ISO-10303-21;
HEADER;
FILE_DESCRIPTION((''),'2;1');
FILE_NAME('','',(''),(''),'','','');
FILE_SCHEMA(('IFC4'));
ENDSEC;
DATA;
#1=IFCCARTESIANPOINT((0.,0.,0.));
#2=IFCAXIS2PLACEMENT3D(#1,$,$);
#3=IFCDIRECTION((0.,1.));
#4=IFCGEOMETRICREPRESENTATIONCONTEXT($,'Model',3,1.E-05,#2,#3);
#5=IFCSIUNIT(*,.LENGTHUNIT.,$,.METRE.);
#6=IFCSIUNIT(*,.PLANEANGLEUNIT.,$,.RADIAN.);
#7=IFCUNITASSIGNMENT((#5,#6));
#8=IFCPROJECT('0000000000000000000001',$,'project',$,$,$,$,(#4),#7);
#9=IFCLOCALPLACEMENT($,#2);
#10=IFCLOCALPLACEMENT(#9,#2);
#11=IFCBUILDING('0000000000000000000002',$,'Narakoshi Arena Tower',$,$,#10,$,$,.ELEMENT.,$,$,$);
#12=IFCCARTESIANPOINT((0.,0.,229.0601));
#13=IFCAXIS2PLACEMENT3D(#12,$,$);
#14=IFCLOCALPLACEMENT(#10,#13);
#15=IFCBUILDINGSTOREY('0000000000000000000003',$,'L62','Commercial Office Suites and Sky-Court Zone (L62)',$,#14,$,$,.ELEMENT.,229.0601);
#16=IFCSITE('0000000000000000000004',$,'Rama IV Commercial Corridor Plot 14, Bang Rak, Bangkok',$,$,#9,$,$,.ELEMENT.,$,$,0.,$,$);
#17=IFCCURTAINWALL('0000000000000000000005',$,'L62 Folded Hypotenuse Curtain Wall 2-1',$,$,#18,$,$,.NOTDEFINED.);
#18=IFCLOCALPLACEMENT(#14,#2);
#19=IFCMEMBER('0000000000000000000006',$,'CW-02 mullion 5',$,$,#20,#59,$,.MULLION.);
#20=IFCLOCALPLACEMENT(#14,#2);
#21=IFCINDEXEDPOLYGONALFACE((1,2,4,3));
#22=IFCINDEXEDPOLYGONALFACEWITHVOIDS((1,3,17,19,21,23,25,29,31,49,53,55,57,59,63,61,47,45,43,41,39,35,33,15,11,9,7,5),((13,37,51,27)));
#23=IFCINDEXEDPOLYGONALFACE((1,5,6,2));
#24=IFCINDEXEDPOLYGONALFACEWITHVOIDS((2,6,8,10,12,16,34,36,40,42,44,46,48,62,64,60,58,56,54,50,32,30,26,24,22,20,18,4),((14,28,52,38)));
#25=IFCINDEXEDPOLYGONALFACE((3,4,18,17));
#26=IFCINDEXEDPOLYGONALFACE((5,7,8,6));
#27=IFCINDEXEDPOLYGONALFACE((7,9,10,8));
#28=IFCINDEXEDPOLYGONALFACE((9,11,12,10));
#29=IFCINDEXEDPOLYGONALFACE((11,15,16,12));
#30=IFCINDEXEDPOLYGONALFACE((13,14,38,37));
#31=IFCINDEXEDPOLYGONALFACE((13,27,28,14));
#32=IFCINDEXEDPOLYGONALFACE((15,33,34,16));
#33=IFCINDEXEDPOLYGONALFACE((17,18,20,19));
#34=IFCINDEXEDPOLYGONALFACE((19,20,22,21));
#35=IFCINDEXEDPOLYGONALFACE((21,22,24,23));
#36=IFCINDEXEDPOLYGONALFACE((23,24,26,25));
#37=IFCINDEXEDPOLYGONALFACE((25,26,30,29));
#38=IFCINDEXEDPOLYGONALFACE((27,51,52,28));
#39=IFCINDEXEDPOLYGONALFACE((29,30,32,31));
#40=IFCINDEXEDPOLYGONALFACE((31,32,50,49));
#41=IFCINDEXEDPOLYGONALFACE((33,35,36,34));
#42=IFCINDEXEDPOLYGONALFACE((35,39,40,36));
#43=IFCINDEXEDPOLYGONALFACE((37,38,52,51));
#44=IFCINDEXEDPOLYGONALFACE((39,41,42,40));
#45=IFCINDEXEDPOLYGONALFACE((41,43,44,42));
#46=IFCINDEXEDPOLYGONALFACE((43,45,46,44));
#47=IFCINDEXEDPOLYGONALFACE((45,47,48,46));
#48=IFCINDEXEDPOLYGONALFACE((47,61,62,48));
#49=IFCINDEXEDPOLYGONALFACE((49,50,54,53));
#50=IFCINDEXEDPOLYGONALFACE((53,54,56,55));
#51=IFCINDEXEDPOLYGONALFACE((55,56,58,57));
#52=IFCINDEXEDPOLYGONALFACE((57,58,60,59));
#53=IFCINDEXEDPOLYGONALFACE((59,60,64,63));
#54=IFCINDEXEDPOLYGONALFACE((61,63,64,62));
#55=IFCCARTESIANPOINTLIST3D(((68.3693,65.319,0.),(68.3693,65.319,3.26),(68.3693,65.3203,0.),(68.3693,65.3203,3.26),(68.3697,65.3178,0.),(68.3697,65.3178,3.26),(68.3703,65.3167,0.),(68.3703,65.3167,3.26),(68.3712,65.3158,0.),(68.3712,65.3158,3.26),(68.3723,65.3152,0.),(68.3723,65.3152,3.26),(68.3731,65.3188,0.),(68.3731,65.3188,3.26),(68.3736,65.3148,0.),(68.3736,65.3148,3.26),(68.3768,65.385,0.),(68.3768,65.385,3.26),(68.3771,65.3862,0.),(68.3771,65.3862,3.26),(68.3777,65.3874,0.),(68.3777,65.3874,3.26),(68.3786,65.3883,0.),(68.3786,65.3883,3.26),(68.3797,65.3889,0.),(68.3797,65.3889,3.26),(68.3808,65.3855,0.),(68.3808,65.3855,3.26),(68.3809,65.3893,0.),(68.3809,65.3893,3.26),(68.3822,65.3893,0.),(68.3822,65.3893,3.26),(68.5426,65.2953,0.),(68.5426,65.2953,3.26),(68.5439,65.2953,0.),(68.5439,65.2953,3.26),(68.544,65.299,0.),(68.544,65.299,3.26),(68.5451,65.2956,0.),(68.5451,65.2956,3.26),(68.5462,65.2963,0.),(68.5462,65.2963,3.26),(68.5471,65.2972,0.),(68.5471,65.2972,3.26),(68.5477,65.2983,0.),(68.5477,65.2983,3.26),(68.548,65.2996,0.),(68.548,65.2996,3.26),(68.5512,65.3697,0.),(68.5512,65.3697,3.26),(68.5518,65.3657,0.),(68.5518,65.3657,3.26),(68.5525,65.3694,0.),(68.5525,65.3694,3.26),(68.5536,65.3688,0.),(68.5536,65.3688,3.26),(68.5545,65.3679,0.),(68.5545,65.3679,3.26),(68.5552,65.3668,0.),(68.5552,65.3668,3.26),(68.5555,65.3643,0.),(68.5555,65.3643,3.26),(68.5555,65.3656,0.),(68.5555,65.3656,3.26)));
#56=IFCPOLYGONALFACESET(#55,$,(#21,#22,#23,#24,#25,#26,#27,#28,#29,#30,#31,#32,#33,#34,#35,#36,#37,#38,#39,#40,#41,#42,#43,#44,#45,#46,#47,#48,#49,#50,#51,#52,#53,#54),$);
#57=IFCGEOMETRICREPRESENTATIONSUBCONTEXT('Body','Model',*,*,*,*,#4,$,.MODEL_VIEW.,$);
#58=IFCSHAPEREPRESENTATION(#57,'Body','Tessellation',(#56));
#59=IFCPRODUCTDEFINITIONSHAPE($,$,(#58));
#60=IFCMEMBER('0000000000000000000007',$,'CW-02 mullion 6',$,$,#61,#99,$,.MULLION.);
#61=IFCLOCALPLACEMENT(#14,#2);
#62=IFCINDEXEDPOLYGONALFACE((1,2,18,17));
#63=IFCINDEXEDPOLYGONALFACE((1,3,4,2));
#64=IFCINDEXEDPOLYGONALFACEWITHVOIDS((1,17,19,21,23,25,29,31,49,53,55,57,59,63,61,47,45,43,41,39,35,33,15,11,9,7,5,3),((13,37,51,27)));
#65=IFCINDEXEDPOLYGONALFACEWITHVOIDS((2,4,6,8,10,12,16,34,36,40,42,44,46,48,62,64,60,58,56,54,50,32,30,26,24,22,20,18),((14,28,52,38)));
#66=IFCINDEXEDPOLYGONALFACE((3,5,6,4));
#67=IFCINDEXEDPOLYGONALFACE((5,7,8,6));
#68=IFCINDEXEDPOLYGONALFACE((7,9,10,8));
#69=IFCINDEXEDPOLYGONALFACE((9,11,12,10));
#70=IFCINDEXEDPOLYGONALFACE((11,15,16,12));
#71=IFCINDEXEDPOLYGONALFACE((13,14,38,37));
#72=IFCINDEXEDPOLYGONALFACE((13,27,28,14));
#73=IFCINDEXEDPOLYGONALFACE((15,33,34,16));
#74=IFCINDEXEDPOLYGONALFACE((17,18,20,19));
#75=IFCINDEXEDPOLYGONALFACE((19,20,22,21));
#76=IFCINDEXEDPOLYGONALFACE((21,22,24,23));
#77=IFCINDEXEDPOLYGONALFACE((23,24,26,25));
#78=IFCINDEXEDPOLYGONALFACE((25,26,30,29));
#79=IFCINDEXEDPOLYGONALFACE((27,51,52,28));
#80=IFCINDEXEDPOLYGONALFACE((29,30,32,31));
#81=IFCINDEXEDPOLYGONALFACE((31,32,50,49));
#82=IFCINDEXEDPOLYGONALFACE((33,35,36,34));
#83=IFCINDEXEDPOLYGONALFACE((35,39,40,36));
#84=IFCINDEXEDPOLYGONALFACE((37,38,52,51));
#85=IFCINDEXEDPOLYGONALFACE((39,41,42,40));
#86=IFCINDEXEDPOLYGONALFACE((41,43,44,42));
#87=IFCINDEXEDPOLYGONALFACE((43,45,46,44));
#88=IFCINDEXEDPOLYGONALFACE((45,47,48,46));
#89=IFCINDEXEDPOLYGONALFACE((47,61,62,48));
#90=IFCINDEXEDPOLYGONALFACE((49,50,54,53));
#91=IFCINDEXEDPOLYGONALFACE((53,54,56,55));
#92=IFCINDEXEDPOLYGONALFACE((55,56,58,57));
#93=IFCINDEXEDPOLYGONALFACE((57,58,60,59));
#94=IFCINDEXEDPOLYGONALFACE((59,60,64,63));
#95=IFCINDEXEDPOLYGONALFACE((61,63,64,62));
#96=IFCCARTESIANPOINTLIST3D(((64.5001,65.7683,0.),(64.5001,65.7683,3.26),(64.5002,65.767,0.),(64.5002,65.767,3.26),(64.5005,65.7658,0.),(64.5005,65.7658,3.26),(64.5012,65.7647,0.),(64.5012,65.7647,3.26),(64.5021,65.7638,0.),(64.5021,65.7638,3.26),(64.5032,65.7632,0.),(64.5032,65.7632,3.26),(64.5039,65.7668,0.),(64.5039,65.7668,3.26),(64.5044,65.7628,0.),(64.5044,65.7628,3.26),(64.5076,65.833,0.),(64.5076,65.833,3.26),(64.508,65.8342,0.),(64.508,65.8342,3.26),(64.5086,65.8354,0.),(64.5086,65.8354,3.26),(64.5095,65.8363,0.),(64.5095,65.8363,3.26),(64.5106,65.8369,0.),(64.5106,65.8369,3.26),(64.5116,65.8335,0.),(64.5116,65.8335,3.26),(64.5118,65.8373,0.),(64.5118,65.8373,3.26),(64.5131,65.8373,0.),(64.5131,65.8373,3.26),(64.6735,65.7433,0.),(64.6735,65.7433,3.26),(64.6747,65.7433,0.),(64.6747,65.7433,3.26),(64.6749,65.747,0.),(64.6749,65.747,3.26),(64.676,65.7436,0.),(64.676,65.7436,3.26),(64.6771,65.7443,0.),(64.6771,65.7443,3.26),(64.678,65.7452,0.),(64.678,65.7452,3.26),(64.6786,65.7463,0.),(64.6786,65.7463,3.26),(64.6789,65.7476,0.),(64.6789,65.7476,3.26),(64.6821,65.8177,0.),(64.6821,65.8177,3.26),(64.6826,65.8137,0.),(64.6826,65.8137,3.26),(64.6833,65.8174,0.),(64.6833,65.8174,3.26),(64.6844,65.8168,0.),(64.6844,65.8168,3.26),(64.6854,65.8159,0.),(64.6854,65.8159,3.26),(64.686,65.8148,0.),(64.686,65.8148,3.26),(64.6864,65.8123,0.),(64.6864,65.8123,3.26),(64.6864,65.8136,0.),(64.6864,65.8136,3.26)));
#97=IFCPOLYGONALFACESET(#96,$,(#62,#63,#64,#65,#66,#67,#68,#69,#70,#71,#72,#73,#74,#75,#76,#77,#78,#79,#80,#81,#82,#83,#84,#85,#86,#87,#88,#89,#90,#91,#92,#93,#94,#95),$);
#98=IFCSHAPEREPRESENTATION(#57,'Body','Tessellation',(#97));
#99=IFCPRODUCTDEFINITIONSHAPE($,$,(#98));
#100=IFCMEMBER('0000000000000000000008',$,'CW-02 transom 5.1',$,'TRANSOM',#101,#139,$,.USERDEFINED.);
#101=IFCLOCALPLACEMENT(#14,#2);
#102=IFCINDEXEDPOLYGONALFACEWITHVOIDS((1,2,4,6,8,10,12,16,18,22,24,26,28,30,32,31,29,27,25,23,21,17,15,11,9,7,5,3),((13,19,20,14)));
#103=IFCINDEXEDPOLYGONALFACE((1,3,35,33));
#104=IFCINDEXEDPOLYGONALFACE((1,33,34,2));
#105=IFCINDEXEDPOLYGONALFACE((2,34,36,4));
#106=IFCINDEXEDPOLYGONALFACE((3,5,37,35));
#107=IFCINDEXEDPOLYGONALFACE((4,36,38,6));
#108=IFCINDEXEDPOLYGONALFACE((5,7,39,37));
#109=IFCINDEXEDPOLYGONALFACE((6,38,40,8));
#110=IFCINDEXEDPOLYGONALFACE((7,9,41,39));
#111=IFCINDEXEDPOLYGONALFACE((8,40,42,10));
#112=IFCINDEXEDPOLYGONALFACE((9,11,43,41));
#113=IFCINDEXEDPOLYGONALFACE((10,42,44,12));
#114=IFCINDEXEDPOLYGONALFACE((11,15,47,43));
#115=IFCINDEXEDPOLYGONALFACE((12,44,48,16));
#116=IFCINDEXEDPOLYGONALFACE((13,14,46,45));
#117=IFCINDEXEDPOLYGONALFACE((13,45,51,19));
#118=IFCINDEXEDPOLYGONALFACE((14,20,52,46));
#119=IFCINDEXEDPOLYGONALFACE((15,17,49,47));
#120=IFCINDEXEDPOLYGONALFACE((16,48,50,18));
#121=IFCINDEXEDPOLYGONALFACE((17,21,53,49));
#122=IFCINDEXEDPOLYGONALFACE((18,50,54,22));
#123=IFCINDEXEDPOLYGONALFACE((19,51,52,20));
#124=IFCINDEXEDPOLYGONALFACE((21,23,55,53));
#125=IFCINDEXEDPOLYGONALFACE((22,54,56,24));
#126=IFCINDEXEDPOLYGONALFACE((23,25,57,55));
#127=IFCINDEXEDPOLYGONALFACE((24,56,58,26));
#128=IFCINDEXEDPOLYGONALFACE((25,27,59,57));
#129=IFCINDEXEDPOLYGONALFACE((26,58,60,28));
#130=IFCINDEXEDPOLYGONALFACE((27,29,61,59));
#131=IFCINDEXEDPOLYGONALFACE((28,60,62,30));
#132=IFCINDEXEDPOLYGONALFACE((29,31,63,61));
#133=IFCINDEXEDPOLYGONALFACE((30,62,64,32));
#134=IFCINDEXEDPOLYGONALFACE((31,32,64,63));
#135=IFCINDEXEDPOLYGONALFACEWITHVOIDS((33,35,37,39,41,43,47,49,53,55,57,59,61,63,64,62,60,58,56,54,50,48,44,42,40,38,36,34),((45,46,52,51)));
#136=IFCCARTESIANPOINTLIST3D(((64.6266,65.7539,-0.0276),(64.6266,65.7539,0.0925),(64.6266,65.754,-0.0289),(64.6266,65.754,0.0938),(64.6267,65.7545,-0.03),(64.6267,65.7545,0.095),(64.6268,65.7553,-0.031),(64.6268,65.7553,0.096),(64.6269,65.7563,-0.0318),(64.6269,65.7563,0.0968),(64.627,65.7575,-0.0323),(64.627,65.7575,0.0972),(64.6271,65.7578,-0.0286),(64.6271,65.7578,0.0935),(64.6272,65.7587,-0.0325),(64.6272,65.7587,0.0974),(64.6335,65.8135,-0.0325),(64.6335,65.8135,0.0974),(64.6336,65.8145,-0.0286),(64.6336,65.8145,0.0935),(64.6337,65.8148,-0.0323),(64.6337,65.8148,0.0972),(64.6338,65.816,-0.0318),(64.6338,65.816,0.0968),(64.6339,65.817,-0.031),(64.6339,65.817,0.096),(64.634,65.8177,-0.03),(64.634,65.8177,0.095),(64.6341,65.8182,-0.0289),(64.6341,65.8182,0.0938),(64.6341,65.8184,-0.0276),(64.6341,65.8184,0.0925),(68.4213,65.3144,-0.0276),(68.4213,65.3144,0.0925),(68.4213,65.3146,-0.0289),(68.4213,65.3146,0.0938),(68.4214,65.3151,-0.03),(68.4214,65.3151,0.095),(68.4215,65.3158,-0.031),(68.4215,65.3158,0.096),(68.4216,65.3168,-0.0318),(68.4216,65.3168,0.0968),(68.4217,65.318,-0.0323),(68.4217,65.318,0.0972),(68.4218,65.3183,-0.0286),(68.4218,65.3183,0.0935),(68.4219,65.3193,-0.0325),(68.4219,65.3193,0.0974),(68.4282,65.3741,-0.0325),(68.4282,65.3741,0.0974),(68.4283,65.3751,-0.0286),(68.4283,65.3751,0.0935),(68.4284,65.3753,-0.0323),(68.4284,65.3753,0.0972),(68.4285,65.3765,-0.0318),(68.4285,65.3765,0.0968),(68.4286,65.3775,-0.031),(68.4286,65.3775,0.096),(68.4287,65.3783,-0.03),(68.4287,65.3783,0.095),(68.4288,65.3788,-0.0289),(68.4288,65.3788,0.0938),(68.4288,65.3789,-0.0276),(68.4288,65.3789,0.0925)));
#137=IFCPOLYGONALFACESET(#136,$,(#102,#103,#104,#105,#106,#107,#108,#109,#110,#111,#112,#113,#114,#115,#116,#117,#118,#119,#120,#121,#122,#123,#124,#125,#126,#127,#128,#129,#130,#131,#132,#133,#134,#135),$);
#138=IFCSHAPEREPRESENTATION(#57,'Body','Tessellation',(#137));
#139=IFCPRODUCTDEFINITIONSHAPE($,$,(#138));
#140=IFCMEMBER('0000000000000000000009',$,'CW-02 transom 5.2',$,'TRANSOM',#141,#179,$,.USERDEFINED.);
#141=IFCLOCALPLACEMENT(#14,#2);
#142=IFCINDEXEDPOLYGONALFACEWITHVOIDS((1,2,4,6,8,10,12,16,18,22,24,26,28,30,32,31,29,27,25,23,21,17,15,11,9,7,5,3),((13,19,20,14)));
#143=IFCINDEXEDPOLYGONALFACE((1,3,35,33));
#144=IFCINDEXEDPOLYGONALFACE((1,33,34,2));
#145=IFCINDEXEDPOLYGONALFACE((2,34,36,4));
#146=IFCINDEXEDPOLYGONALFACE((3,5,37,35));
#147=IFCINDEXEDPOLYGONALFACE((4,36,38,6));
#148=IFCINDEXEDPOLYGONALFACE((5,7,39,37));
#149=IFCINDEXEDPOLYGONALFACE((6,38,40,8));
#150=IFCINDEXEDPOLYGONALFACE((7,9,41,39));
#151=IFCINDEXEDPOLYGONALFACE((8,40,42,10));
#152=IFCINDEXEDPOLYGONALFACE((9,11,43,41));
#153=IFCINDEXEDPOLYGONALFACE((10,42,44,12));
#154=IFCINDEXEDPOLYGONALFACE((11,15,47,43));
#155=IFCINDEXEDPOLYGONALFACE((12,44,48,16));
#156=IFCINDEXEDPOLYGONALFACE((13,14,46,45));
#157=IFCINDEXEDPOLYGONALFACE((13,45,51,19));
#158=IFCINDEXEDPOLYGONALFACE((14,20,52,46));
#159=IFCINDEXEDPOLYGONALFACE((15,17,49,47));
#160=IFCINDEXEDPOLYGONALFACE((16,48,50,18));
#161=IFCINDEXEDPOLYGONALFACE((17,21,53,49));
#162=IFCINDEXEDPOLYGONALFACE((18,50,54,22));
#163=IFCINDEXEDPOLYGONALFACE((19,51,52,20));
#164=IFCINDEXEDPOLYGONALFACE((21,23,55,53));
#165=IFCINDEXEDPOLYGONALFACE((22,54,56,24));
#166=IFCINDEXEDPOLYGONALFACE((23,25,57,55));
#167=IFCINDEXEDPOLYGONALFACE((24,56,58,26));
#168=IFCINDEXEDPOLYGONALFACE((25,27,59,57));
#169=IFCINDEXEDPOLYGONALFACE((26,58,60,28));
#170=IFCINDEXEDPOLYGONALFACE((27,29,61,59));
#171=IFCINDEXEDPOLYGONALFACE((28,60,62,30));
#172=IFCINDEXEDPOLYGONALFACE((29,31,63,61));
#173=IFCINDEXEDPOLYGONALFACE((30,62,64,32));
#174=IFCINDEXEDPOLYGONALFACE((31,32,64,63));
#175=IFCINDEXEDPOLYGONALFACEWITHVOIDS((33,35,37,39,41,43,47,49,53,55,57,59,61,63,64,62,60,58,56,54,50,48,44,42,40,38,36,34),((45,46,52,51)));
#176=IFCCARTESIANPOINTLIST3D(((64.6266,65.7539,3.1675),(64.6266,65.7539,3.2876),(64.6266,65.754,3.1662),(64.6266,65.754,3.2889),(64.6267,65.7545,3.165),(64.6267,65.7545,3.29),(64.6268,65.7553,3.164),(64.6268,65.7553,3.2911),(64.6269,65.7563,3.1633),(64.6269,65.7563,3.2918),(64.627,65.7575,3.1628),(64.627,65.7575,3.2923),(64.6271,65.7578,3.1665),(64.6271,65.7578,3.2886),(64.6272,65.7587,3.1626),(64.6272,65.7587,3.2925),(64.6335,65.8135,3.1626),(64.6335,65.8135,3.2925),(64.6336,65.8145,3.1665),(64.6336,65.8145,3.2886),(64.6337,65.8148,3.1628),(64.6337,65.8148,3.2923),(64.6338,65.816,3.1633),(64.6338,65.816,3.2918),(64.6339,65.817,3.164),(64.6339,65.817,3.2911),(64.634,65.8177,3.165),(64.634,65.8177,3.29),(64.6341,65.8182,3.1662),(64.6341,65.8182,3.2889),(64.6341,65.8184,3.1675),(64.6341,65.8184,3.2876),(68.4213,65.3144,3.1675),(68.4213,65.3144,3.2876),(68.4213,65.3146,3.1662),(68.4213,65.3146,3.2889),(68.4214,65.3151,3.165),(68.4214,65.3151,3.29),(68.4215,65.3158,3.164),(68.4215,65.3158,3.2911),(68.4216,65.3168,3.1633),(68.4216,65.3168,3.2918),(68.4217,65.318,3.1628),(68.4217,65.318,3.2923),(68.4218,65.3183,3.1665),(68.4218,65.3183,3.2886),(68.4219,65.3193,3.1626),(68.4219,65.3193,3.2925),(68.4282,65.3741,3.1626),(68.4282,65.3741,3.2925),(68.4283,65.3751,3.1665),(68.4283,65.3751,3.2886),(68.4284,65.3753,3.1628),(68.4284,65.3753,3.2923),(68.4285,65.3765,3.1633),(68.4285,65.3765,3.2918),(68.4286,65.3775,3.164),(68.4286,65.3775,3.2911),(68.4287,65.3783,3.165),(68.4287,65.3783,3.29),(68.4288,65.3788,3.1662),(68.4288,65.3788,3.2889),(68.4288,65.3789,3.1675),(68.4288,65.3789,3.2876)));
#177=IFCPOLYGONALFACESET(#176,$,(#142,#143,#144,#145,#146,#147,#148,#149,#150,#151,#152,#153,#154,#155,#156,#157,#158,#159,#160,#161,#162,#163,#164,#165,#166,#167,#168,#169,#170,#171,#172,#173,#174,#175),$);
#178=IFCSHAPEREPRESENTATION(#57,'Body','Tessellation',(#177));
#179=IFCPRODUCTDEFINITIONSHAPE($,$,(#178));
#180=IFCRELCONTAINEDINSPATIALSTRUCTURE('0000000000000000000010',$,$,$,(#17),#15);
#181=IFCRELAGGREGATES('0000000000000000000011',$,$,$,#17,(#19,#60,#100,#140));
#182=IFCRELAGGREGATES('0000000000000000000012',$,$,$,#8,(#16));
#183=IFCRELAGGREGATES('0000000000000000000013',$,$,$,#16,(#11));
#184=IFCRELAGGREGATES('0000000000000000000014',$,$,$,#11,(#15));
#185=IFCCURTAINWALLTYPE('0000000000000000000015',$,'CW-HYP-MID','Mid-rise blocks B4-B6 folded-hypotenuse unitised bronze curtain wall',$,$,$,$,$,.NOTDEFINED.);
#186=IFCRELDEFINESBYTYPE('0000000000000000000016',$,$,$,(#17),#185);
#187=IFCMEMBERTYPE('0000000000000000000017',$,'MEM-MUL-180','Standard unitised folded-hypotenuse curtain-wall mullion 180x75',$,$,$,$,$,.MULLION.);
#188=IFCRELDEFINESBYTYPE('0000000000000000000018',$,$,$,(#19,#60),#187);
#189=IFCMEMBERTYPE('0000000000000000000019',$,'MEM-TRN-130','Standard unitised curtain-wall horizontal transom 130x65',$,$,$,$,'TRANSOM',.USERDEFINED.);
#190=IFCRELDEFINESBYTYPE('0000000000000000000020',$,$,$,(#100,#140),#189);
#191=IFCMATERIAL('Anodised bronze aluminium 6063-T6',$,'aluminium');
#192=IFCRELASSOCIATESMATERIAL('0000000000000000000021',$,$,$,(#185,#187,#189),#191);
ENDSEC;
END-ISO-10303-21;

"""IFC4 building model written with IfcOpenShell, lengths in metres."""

from ifc_helpers import new_model, si_unit, direction, frame, origin, origin_2d, place, context, subcontext, project, spatial, hollow_rectangle, extrude, material, material_profile, profile_set, type_object, element, aggregate, save


model = new_model("IFC4")

# Units and contexts
model_context = context("Model", 3, precision=1e-05, world=origin(), true_north=direction((0.0, 1.0)))
body_context = subcontext(model_context, "Body", "Model", "MODEL_VIEW")
ifc_project = project(units=[si_unit("LENGTHUNIT", "METRE"), si_unit("PLANEANGLEUNIT", "RADIAN")], contexts=[model_context])

# Site, building, storey
site_placement = place(None, origin())
site = spatial("IfcSite", under=ifc_project, at=site_placement, Name="Rama IV Commercial Corridor Plot 14, Bang Rak, Bangkok", CompositionType="ELEMENT", RefElevation=0.0)
building_placement = place(site_placement, origin())
building = spatial("IfcBuilding", under=site, at=building_placement, Name="Narakoshi Arena Tower", CompositionType="ELEMENT")
storey_placement = place(building_placement, frame((0.0, 0.0, 229.0601)))
storey = spatial("IfcBuildingStorey", under=building, at=storey_placement, Name="L62", Description="Commercial Office Suites and Sky-Court Zone (L62)", CompositionType="ELEMENT", Elevation=229.0601)

# Curtain wall, members
ifc_material_1 = material(Name="Anodised bronze aluminium 6063-T6", Category="aluminium")
curtain_wall_type = type_object("IfcCurtainWallType", Name="CW-HYP-MID", Description="Mid-rise blocks B4-B6 folded-hypotenuse unitised bronze curtain wall", PredefinedType="NOTDEFINED", material=ifc_material_1)
curtain_wall_placement = place(storey_placement, origin())
curtain_wall = element("IfcCurtainWall", 1, at=curtain_wall_placement, inside=storey, type_object=curtain_wall_type, Name="L62 Folded Hypotenuse Curtain Wall 2-1", PredefinedType="NOTDEFINED")
ifc_material_profile_1 = material_profile(ifc_material_1, hollow_rectangle(XDim=0.075, YDim=0.1799, WallThickness=0.0039, OuterFilletRadius=0.0049, at=origin_2d()), Name="MUL180x75x4")
ifc_profile_set_1 = profile_set([ifc_material_profile_1], Name="Anodised bronze aluminium 6063-T6")
member_type_1 = type_object("IfcMemberType", Name="MEM-MUL-180", Description="Standard unitised folded-hypotenuse curtain-wall mullion 180x75", PredefinedType="MULLION", material=ifc_profile_set_1)
member_1_placement = place(storey_placement, frame((68.4624, 65.3423, 0.0), z_axis=(0.0, 0.0, 1.0), x_axis=(-0.115011, -0.993364, 0.0)))
member_1 = element("IfcMember", 2, at=member_1_placement, type_object=member_type_1, Name="CW-02 mullion 5", PredefinedType="MULLION", context=body_context, shape_type="SweptSolid", body=[
    extrude(hollow_rectangle(XDim=0.075, YDim=0.1799, WallThickness=0.0039, OuterFilletRadius=0.0049, at=origin_2d()), origin(), (0.0, 0.0, 1.0), 3.26),
])
member_2_placement = place(storey_placement, frame((64.5933, 65.7903, 0.0), z_axis=(0.0, 0.0, 1.0), x_axis=(-0.115011, -0.993364, 0.0)))
member_2 = element("IfcMember", 3, at=member_2_placement, type_object=member_type_1, Name="CW-02 mullion 6", PredefinedType="MULLION", context=body_context, shape_type="SweptSolid", body=[
    extrude(hollow_rectangle(XDim=0.075, YDim=0.1799, WallThickness=0.0039, OuterFilletRadius=0.0049, at=origin_2d()), origin(), (0.0, 0.0, 1.0), 3.26),
])
ifc_material_profile_2 = material_profile(ifc_material_1, hollow_rectangle(XDim=0.0649, YDim=0.1299, WallThickness=0.0039, OuterFilletRadius=0.0049, at=origin_2d()), Name="TRN130x65x4")
ifc_profile_set_2 = profile_set([ifc_material_profile_2], Name="Anodised bronze aluminium 6063-T6")
member_type_2 = type_object("IfcMemberType", Name="MEM-TRN-130", Description="Standard unitised curtain-wall horizontal transom 130x65", ElementType="TRANSOM", PredefinedType="USERDEFINED", material=ifc_profile_set_2)
member_3_placement = place(storey_placement, frame((68.425, 65.3467, 0.0325), z_axis=(-0.993361, 0.115039, 0.0), x_axis=(-0.115039, -0.993361, 0.0)))
member_3 = element("IfcMember", 4, at=member_3_placement, type_object=member_type_2, Name="CW-02 transom 5.1", ObjectType="TRANSOM", PredefinedType="USERDEFINED", context=body_context, shape_type="SweptSolid", body=[
    extrude(hollow_rectangle(XDim=0.0649, YDim=0.1299, WallThickness=0.0039, OuterFilletRadius=0.0049, at=origin_2d()), origin(), (0.0, 0.0, 1.0), 3.8201),
])
member_4_placement = place(storey_placement, frame((68.425, 65.3467, 3.2275), z_axis=(-0.993361, 0.115039, 0.0), x_axis=(-0.115039, -0.993361, 0.0)))
member_4 = element("IfcMember", 5, at=member_4_placement, type_object=member_type_2, Name="CW-02 transom 5.2", ObjectType="TRANSOM", PredefinedType="USERDEFINED", context=body_context, shape_type="SweptSolid", body=[
    extrude(hollow_rectangle(XDim=0.0649, YDim=0.1299, WallThickness=0.0039, OuterFilletRadius=0.0049, at=origin_2d()), origin(), (0.0, 0.0, 1.0), 3.8201),
])
aggregate(curtain_wall, [member_1, member_2, member_3, member_4])

save(model, "model.ifc")
